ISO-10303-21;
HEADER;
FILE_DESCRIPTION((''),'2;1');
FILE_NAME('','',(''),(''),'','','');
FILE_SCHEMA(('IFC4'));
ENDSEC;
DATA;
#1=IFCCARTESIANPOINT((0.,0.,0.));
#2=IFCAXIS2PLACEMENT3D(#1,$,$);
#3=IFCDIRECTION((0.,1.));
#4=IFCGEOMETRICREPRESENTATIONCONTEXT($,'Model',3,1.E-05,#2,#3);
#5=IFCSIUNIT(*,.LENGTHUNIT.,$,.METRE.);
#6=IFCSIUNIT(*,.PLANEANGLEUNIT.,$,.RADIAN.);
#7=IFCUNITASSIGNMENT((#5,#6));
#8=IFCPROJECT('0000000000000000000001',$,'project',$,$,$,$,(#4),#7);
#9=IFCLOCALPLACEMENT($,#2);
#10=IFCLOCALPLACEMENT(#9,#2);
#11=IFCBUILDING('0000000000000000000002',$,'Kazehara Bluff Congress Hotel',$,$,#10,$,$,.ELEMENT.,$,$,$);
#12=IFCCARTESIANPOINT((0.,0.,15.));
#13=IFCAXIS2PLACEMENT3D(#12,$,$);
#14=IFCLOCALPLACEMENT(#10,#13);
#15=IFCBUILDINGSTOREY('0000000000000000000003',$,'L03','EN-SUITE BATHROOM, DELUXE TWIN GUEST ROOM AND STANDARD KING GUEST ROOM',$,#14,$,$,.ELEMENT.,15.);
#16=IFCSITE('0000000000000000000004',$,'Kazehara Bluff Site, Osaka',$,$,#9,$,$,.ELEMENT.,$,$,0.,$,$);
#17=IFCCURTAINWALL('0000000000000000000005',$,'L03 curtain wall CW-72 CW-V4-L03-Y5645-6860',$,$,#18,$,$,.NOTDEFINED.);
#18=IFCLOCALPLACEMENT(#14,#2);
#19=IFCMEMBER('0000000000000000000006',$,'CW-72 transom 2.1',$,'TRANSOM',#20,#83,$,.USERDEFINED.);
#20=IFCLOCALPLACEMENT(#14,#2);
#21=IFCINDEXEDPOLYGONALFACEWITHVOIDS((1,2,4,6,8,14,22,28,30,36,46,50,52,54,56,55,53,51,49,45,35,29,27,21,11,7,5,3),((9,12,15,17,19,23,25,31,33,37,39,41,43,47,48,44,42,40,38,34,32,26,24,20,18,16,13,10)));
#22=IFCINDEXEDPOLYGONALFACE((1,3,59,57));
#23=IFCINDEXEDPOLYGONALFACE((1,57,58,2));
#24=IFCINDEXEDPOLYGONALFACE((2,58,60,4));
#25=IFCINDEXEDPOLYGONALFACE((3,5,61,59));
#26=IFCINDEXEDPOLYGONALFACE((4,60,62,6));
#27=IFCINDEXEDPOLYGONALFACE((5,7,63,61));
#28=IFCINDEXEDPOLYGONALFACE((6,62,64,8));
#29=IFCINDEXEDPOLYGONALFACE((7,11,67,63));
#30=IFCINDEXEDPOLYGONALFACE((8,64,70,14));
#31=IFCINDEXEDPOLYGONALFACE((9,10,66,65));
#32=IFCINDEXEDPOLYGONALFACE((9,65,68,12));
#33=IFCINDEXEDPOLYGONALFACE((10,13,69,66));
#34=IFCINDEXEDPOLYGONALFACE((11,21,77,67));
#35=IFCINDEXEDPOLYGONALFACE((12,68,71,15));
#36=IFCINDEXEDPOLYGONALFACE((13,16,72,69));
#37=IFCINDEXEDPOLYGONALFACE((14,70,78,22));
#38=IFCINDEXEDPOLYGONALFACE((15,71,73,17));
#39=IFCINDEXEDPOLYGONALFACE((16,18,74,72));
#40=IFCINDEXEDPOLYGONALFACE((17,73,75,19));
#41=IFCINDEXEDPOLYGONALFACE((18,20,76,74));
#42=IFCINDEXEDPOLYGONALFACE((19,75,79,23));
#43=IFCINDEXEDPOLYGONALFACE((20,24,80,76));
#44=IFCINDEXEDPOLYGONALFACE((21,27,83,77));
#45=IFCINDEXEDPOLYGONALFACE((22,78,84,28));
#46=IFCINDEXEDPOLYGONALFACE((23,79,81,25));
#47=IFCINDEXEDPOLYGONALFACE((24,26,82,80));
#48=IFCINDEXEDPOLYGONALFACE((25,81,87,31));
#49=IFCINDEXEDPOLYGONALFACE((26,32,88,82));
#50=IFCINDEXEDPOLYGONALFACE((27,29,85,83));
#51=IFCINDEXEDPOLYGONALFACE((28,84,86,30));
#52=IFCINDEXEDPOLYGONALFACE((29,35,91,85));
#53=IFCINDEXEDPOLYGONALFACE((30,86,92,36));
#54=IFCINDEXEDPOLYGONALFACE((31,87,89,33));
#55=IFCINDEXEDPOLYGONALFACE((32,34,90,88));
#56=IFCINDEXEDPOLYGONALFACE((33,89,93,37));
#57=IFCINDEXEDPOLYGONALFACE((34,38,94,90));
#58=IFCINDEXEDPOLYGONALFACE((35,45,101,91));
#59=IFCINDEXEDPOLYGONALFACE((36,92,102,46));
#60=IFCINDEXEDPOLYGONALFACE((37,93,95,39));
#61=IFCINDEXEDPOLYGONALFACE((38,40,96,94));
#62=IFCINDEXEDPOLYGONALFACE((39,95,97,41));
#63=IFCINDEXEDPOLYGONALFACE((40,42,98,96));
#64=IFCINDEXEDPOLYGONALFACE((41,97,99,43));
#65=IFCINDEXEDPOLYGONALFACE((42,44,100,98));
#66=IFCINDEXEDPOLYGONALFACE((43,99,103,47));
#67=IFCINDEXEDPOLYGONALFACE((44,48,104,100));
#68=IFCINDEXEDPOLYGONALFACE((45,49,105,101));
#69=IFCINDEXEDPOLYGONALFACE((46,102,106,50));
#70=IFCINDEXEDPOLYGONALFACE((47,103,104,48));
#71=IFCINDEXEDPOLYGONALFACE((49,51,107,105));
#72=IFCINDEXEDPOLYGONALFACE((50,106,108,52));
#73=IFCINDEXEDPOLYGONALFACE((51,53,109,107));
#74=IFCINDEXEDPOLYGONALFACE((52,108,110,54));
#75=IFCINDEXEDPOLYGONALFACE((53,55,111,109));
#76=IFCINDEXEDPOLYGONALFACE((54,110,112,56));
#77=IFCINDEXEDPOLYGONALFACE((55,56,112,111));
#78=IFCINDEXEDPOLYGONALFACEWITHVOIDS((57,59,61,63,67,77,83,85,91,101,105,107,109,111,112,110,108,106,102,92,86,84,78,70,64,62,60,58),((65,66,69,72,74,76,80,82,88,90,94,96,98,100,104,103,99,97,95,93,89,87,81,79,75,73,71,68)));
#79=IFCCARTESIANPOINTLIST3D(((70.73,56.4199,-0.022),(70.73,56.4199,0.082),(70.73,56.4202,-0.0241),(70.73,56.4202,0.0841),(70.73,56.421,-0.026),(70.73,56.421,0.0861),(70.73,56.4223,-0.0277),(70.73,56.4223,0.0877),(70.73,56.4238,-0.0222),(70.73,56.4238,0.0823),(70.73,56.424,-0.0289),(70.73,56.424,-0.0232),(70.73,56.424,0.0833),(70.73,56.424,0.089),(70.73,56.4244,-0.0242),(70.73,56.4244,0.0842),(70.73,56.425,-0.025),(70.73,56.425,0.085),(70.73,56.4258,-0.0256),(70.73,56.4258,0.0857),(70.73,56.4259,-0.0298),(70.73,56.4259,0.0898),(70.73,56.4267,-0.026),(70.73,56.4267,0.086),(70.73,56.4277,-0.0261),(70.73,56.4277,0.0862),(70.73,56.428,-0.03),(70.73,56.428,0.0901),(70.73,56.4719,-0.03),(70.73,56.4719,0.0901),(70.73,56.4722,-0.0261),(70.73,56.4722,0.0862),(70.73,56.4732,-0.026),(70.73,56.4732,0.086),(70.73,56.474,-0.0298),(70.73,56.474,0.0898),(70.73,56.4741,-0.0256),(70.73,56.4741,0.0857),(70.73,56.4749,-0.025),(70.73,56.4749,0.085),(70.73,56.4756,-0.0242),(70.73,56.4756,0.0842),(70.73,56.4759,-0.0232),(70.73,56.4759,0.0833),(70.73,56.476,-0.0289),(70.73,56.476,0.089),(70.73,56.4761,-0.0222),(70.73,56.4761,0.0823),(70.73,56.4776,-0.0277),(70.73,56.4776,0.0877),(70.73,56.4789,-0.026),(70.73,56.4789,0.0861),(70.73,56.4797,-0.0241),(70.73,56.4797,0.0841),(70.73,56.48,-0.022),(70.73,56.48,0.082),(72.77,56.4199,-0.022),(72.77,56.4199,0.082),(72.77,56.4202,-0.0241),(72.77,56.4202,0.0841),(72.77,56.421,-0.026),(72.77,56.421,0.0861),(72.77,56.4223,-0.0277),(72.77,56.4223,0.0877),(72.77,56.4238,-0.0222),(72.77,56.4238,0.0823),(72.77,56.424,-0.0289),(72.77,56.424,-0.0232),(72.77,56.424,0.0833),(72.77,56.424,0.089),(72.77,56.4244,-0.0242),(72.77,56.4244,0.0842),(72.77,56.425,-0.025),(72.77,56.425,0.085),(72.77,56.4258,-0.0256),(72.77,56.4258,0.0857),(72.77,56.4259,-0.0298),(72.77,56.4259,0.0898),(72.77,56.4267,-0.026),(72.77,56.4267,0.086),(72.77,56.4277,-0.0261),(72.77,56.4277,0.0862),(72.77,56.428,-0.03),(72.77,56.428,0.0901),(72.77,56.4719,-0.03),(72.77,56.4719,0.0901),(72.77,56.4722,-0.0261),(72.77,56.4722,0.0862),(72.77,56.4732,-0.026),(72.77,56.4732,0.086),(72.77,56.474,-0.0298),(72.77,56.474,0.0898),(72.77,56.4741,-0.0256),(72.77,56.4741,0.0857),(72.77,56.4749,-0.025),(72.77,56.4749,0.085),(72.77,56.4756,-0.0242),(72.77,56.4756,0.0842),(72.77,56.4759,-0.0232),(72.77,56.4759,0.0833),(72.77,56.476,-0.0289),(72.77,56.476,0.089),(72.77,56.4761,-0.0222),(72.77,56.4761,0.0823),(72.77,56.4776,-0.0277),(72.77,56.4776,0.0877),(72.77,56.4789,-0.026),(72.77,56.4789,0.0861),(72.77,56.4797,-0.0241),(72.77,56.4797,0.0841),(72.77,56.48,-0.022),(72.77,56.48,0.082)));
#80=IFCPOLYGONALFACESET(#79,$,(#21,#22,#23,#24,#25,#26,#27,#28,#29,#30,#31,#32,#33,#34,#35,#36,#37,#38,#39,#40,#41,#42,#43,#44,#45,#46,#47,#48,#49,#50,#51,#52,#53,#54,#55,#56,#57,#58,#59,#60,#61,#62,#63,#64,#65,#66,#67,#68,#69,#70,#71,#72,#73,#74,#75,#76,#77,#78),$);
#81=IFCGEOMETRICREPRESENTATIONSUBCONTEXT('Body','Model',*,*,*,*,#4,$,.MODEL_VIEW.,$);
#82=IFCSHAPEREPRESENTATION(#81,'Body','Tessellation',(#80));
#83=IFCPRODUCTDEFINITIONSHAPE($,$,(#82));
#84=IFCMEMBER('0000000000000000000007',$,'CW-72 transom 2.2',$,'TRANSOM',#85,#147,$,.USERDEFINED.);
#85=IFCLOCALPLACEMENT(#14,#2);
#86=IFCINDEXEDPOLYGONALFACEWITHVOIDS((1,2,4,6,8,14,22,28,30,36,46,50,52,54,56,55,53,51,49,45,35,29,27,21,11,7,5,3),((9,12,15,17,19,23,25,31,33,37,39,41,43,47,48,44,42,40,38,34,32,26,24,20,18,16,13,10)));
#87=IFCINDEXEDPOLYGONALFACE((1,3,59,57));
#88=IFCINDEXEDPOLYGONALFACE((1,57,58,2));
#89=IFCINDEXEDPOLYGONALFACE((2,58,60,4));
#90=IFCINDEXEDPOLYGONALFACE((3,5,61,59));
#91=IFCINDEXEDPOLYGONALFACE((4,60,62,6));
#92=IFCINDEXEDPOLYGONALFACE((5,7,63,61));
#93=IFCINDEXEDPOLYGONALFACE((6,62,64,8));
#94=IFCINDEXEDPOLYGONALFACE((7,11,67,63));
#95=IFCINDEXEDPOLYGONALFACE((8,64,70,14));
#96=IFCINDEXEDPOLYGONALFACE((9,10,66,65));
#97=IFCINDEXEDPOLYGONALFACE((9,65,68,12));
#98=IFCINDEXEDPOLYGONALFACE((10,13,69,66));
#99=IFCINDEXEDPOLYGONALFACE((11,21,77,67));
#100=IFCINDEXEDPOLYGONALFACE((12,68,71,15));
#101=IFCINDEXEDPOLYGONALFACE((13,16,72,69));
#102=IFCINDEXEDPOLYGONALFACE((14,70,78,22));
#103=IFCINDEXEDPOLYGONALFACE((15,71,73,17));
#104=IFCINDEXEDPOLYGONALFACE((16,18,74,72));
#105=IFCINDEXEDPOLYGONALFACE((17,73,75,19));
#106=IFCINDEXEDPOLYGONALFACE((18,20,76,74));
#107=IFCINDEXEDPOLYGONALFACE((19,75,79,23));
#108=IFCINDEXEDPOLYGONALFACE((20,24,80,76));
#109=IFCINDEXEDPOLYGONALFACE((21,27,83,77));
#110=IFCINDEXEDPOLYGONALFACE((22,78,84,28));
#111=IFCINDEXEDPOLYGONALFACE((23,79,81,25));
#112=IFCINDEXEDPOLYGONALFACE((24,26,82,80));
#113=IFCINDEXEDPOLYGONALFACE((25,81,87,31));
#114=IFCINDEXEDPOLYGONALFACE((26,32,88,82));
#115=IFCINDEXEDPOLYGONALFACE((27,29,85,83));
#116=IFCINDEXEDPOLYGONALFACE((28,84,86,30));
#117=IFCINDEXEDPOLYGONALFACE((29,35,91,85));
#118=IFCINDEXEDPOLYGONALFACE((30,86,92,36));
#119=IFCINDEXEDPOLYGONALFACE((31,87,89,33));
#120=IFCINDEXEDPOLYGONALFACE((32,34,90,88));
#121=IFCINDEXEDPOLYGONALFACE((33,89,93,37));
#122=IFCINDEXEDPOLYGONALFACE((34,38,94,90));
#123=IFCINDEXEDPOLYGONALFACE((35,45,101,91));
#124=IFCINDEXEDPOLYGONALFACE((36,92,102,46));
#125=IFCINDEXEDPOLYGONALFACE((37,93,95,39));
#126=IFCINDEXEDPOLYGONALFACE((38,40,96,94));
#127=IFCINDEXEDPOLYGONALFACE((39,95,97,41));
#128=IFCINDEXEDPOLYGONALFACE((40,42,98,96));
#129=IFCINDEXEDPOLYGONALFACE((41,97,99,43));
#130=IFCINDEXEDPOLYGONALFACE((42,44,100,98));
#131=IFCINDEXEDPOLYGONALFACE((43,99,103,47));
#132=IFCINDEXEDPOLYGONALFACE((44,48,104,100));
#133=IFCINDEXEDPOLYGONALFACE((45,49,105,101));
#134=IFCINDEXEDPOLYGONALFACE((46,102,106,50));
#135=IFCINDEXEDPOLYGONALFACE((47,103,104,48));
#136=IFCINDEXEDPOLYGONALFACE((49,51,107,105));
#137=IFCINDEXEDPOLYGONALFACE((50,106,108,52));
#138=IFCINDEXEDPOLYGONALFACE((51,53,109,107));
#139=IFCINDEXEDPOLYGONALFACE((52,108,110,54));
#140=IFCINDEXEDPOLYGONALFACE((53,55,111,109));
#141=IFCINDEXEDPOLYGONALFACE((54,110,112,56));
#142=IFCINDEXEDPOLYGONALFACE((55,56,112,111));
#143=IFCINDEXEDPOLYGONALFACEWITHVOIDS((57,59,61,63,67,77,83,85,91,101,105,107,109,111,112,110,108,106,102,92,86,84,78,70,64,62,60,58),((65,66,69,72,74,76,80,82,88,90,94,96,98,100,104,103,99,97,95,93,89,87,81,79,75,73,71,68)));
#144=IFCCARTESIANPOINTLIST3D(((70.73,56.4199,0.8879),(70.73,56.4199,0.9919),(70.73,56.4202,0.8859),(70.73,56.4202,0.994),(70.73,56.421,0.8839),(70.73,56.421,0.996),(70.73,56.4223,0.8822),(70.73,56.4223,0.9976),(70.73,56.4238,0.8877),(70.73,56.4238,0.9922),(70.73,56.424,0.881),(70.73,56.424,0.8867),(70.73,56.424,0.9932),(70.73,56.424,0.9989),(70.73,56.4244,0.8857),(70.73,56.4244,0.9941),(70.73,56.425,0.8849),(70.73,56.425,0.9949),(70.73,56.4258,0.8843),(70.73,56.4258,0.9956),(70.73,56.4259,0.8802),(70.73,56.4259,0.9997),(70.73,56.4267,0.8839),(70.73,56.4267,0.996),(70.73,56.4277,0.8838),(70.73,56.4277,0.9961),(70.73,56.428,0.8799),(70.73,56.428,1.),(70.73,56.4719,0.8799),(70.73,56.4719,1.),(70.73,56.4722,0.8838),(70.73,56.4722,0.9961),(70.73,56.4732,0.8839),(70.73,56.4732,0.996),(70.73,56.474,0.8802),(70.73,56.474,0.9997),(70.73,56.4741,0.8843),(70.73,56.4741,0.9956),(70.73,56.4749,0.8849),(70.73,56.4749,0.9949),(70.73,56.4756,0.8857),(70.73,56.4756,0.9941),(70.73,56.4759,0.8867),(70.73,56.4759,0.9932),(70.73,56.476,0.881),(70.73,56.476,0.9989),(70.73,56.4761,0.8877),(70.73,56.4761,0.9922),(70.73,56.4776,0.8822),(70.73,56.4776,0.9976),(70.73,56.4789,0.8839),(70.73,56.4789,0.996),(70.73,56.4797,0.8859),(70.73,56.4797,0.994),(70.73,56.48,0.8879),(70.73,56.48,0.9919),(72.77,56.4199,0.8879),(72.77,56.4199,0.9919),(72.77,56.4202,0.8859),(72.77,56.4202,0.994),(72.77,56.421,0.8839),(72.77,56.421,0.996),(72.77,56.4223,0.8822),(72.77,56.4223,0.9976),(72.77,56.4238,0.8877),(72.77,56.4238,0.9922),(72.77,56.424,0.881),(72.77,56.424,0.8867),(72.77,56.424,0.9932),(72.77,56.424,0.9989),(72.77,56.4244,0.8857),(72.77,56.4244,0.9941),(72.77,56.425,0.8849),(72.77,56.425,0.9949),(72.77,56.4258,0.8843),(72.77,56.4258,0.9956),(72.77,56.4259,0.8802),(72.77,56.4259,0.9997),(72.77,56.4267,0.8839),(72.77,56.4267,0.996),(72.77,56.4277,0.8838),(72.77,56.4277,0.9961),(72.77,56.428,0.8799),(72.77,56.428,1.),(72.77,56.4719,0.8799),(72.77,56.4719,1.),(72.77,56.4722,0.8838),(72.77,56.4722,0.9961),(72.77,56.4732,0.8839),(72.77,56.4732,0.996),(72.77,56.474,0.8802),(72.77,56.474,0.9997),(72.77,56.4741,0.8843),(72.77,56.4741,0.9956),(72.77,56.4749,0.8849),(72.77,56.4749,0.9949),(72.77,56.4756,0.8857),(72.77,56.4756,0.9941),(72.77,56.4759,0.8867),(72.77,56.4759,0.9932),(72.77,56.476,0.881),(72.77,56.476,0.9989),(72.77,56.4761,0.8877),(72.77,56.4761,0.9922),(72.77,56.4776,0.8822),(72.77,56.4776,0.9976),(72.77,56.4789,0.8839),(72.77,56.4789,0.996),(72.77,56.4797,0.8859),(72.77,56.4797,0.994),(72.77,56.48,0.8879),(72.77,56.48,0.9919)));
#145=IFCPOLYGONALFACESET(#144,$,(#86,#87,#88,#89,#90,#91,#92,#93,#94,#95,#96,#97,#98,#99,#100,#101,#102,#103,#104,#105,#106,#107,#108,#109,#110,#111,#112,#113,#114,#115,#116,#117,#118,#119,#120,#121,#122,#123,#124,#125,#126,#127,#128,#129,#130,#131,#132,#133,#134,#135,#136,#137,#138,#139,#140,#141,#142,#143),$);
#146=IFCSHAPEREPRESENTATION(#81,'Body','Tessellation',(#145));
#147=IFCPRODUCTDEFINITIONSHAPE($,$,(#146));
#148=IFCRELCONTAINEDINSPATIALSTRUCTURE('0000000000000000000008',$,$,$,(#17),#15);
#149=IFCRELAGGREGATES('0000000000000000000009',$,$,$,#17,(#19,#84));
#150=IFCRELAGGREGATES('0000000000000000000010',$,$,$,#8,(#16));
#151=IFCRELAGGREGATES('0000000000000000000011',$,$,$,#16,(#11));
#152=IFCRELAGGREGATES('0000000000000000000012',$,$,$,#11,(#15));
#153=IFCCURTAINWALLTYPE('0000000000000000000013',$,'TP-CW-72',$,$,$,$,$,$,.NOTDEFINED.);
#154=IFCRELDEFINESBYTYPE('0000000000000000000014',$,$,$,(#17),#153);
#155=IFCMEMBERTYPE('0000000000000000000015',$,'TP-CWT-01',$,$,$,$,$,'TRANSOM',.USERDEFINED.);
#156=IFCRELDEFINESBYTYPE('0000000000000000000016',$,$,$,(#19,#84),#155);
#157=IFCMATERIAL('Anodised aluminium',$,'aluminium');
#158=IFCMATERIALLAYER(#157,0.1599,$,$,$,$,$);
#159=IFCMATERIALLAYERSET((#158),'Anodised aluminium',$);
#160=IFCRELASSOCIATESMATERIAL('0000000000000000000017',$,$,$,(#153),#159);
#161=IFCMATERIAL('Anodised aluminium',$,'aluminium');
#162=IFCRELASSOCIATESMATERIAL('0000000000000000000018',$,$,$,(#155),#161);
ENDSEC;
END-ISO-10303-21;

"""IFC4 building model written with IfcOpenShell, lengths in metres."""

from ifc_helpers import new_model, si_unit, direction, frame, origin, origin_2d, place, context, subcontext, project, spatial, hollow_rectangle, extrude, material, layer, layer_set, material_profile, profile_set, type_object, element, aggregate, save


model = new_model("IFC4")

# Units and contexts
model_context = context("Model", 3, precision=1e-05, world=origin(), true_north=direction((0.0, 1.0)))
body_context = subcontext(model_context, "Body", "Model", "MODEL_VIEW")
ifc_project = project(units=[si_unit("LENGTHUNIT", "METRE"), si_unit("PLANEANGLEUNIT", "RADIAN")], contexts=[model_context])

# Site, building, storey
site_placement = place(None, origin())
site = spatial("IfcSite", under=ifc_project, at=site_placement, Name="Kazehara Bluff Site, Osaka", CompositionType="ELEMENT", RefElevation=0.0)
building_placement = place(site_placement, origin())
building = spatial("IfcBuilding", under=site, at=building_placement, Name="Kazehara Bluff Congress Hotel", CompositionType="ELEMENT")
storey_placement = place(building_placement, frame((0.0, 0.0, 15.0)))
storey = spatial("IfcBuildingStorey", under=building, at=storey_placement, Name="L03", Description="EN-SUITE BATHROOM, DELUXE TWIN GUEST ROOM AND STANDARD KING GUEST ROOM", CompositionType="ELEMENT", Elevation=15.0)

# Curtain wall
ifc_material_1 = material(Name="Anodised aluminium", Category="aluminium")
ifc_layer_1 = layer(ifc_material_1, 0.1599)
ifc_layer_set_1 = layer_set([ifc_layer_1], Name="Anodised aluminium")
curtain_wall_type_1 = type_object("IfcCurtainWallType", Name="TP-CW-72", PredefinedType="NOTDEFINED", material=ifc_layer_set_1)
curtain_wall_1_placement = place(storey_placement, origin())
curtain_wall_1 = element("IfcCurtainWall", 1, at=curtain_wall_1_placement, inside=storey, type_object=curtain_wall_type_1, Name="L03 curtain wall CW-72 CW-V4-L03-Y5645-6860", PredefinedType="NOTDEFINED")

# Members
ifc_material_2 = material(Name="Anodised aluminium", Category="aluminium")
ifc_material_profile_1 = material_profile(ifc_material_2, hollow_rectangle(XDim=0.0601, YDim=0.1201, WallThickness=0.0039, InnerFilletRadius=0.0039, OuterFilletRadius=0.0081, at=origin_2d()))
ifc_profile_set_1 = profile_set([ifc_material_profile_1], Name="Anodised aluminium")
member_type_1 = type_object("IfcMemberType", Name="TP-CWT-01", ElementType="TRANSOM", PredefinedType="USERDEFINED", material=ifc_profile_set_1)
member_1_placement = place(storey_placement, frame((70.73, 56.45, 0.03), z_axis=(1.0, 0.0, 0.0), x_axis=(0.0, 1.0, 0.0)))
member_1 = element("IfcMember", 2, at=member_1_placement, type_object=member_type_1, Name="CW-72 transom 2.1", ObjectType="TRANSOM", PredefinedType="USERDEFINED", context=body_context, shape_type="SweptSolid", body=[
    extrude(hollow_rectangle(XDim=0.0601, YDim=0.1201, WallThickness=0.0039, InnerFilletRadius=0.0039, OuterFilletRadius=0.0081, at=origin_2d()), origin(), (0.0, 0.0, 1.0), 2.04),
])
member_2_placement = place(storey_placement, frame((70.73, 56.45, 0.9399), z_axis=(1.0, 0.0, 0.0), x_axis=(0.0, 1.0, 0.0)))
member_2 = element("IfcMember", 3, at=member_2_placement, type_object=member_type_1, Name="CW-72 transom 2.2", ObjectType="TRANSOM", PredefinedType="USERDEFINED", context=body_context, shape_type="SweptSolid", body=[
    extrude(hollow_rectangle(XDim=0.0601, YDim=0.1201, WallThickness=0.0039, InnerFilletRadius=0.0039, OuterFilletRadius=0.0081, at=origin_2d()), origin(), (0.0, 0.0, 1.0), 2.04),
])

aggregate(curtain_wall_1, [member_1, member_2])

save(model, "model.ifc")
